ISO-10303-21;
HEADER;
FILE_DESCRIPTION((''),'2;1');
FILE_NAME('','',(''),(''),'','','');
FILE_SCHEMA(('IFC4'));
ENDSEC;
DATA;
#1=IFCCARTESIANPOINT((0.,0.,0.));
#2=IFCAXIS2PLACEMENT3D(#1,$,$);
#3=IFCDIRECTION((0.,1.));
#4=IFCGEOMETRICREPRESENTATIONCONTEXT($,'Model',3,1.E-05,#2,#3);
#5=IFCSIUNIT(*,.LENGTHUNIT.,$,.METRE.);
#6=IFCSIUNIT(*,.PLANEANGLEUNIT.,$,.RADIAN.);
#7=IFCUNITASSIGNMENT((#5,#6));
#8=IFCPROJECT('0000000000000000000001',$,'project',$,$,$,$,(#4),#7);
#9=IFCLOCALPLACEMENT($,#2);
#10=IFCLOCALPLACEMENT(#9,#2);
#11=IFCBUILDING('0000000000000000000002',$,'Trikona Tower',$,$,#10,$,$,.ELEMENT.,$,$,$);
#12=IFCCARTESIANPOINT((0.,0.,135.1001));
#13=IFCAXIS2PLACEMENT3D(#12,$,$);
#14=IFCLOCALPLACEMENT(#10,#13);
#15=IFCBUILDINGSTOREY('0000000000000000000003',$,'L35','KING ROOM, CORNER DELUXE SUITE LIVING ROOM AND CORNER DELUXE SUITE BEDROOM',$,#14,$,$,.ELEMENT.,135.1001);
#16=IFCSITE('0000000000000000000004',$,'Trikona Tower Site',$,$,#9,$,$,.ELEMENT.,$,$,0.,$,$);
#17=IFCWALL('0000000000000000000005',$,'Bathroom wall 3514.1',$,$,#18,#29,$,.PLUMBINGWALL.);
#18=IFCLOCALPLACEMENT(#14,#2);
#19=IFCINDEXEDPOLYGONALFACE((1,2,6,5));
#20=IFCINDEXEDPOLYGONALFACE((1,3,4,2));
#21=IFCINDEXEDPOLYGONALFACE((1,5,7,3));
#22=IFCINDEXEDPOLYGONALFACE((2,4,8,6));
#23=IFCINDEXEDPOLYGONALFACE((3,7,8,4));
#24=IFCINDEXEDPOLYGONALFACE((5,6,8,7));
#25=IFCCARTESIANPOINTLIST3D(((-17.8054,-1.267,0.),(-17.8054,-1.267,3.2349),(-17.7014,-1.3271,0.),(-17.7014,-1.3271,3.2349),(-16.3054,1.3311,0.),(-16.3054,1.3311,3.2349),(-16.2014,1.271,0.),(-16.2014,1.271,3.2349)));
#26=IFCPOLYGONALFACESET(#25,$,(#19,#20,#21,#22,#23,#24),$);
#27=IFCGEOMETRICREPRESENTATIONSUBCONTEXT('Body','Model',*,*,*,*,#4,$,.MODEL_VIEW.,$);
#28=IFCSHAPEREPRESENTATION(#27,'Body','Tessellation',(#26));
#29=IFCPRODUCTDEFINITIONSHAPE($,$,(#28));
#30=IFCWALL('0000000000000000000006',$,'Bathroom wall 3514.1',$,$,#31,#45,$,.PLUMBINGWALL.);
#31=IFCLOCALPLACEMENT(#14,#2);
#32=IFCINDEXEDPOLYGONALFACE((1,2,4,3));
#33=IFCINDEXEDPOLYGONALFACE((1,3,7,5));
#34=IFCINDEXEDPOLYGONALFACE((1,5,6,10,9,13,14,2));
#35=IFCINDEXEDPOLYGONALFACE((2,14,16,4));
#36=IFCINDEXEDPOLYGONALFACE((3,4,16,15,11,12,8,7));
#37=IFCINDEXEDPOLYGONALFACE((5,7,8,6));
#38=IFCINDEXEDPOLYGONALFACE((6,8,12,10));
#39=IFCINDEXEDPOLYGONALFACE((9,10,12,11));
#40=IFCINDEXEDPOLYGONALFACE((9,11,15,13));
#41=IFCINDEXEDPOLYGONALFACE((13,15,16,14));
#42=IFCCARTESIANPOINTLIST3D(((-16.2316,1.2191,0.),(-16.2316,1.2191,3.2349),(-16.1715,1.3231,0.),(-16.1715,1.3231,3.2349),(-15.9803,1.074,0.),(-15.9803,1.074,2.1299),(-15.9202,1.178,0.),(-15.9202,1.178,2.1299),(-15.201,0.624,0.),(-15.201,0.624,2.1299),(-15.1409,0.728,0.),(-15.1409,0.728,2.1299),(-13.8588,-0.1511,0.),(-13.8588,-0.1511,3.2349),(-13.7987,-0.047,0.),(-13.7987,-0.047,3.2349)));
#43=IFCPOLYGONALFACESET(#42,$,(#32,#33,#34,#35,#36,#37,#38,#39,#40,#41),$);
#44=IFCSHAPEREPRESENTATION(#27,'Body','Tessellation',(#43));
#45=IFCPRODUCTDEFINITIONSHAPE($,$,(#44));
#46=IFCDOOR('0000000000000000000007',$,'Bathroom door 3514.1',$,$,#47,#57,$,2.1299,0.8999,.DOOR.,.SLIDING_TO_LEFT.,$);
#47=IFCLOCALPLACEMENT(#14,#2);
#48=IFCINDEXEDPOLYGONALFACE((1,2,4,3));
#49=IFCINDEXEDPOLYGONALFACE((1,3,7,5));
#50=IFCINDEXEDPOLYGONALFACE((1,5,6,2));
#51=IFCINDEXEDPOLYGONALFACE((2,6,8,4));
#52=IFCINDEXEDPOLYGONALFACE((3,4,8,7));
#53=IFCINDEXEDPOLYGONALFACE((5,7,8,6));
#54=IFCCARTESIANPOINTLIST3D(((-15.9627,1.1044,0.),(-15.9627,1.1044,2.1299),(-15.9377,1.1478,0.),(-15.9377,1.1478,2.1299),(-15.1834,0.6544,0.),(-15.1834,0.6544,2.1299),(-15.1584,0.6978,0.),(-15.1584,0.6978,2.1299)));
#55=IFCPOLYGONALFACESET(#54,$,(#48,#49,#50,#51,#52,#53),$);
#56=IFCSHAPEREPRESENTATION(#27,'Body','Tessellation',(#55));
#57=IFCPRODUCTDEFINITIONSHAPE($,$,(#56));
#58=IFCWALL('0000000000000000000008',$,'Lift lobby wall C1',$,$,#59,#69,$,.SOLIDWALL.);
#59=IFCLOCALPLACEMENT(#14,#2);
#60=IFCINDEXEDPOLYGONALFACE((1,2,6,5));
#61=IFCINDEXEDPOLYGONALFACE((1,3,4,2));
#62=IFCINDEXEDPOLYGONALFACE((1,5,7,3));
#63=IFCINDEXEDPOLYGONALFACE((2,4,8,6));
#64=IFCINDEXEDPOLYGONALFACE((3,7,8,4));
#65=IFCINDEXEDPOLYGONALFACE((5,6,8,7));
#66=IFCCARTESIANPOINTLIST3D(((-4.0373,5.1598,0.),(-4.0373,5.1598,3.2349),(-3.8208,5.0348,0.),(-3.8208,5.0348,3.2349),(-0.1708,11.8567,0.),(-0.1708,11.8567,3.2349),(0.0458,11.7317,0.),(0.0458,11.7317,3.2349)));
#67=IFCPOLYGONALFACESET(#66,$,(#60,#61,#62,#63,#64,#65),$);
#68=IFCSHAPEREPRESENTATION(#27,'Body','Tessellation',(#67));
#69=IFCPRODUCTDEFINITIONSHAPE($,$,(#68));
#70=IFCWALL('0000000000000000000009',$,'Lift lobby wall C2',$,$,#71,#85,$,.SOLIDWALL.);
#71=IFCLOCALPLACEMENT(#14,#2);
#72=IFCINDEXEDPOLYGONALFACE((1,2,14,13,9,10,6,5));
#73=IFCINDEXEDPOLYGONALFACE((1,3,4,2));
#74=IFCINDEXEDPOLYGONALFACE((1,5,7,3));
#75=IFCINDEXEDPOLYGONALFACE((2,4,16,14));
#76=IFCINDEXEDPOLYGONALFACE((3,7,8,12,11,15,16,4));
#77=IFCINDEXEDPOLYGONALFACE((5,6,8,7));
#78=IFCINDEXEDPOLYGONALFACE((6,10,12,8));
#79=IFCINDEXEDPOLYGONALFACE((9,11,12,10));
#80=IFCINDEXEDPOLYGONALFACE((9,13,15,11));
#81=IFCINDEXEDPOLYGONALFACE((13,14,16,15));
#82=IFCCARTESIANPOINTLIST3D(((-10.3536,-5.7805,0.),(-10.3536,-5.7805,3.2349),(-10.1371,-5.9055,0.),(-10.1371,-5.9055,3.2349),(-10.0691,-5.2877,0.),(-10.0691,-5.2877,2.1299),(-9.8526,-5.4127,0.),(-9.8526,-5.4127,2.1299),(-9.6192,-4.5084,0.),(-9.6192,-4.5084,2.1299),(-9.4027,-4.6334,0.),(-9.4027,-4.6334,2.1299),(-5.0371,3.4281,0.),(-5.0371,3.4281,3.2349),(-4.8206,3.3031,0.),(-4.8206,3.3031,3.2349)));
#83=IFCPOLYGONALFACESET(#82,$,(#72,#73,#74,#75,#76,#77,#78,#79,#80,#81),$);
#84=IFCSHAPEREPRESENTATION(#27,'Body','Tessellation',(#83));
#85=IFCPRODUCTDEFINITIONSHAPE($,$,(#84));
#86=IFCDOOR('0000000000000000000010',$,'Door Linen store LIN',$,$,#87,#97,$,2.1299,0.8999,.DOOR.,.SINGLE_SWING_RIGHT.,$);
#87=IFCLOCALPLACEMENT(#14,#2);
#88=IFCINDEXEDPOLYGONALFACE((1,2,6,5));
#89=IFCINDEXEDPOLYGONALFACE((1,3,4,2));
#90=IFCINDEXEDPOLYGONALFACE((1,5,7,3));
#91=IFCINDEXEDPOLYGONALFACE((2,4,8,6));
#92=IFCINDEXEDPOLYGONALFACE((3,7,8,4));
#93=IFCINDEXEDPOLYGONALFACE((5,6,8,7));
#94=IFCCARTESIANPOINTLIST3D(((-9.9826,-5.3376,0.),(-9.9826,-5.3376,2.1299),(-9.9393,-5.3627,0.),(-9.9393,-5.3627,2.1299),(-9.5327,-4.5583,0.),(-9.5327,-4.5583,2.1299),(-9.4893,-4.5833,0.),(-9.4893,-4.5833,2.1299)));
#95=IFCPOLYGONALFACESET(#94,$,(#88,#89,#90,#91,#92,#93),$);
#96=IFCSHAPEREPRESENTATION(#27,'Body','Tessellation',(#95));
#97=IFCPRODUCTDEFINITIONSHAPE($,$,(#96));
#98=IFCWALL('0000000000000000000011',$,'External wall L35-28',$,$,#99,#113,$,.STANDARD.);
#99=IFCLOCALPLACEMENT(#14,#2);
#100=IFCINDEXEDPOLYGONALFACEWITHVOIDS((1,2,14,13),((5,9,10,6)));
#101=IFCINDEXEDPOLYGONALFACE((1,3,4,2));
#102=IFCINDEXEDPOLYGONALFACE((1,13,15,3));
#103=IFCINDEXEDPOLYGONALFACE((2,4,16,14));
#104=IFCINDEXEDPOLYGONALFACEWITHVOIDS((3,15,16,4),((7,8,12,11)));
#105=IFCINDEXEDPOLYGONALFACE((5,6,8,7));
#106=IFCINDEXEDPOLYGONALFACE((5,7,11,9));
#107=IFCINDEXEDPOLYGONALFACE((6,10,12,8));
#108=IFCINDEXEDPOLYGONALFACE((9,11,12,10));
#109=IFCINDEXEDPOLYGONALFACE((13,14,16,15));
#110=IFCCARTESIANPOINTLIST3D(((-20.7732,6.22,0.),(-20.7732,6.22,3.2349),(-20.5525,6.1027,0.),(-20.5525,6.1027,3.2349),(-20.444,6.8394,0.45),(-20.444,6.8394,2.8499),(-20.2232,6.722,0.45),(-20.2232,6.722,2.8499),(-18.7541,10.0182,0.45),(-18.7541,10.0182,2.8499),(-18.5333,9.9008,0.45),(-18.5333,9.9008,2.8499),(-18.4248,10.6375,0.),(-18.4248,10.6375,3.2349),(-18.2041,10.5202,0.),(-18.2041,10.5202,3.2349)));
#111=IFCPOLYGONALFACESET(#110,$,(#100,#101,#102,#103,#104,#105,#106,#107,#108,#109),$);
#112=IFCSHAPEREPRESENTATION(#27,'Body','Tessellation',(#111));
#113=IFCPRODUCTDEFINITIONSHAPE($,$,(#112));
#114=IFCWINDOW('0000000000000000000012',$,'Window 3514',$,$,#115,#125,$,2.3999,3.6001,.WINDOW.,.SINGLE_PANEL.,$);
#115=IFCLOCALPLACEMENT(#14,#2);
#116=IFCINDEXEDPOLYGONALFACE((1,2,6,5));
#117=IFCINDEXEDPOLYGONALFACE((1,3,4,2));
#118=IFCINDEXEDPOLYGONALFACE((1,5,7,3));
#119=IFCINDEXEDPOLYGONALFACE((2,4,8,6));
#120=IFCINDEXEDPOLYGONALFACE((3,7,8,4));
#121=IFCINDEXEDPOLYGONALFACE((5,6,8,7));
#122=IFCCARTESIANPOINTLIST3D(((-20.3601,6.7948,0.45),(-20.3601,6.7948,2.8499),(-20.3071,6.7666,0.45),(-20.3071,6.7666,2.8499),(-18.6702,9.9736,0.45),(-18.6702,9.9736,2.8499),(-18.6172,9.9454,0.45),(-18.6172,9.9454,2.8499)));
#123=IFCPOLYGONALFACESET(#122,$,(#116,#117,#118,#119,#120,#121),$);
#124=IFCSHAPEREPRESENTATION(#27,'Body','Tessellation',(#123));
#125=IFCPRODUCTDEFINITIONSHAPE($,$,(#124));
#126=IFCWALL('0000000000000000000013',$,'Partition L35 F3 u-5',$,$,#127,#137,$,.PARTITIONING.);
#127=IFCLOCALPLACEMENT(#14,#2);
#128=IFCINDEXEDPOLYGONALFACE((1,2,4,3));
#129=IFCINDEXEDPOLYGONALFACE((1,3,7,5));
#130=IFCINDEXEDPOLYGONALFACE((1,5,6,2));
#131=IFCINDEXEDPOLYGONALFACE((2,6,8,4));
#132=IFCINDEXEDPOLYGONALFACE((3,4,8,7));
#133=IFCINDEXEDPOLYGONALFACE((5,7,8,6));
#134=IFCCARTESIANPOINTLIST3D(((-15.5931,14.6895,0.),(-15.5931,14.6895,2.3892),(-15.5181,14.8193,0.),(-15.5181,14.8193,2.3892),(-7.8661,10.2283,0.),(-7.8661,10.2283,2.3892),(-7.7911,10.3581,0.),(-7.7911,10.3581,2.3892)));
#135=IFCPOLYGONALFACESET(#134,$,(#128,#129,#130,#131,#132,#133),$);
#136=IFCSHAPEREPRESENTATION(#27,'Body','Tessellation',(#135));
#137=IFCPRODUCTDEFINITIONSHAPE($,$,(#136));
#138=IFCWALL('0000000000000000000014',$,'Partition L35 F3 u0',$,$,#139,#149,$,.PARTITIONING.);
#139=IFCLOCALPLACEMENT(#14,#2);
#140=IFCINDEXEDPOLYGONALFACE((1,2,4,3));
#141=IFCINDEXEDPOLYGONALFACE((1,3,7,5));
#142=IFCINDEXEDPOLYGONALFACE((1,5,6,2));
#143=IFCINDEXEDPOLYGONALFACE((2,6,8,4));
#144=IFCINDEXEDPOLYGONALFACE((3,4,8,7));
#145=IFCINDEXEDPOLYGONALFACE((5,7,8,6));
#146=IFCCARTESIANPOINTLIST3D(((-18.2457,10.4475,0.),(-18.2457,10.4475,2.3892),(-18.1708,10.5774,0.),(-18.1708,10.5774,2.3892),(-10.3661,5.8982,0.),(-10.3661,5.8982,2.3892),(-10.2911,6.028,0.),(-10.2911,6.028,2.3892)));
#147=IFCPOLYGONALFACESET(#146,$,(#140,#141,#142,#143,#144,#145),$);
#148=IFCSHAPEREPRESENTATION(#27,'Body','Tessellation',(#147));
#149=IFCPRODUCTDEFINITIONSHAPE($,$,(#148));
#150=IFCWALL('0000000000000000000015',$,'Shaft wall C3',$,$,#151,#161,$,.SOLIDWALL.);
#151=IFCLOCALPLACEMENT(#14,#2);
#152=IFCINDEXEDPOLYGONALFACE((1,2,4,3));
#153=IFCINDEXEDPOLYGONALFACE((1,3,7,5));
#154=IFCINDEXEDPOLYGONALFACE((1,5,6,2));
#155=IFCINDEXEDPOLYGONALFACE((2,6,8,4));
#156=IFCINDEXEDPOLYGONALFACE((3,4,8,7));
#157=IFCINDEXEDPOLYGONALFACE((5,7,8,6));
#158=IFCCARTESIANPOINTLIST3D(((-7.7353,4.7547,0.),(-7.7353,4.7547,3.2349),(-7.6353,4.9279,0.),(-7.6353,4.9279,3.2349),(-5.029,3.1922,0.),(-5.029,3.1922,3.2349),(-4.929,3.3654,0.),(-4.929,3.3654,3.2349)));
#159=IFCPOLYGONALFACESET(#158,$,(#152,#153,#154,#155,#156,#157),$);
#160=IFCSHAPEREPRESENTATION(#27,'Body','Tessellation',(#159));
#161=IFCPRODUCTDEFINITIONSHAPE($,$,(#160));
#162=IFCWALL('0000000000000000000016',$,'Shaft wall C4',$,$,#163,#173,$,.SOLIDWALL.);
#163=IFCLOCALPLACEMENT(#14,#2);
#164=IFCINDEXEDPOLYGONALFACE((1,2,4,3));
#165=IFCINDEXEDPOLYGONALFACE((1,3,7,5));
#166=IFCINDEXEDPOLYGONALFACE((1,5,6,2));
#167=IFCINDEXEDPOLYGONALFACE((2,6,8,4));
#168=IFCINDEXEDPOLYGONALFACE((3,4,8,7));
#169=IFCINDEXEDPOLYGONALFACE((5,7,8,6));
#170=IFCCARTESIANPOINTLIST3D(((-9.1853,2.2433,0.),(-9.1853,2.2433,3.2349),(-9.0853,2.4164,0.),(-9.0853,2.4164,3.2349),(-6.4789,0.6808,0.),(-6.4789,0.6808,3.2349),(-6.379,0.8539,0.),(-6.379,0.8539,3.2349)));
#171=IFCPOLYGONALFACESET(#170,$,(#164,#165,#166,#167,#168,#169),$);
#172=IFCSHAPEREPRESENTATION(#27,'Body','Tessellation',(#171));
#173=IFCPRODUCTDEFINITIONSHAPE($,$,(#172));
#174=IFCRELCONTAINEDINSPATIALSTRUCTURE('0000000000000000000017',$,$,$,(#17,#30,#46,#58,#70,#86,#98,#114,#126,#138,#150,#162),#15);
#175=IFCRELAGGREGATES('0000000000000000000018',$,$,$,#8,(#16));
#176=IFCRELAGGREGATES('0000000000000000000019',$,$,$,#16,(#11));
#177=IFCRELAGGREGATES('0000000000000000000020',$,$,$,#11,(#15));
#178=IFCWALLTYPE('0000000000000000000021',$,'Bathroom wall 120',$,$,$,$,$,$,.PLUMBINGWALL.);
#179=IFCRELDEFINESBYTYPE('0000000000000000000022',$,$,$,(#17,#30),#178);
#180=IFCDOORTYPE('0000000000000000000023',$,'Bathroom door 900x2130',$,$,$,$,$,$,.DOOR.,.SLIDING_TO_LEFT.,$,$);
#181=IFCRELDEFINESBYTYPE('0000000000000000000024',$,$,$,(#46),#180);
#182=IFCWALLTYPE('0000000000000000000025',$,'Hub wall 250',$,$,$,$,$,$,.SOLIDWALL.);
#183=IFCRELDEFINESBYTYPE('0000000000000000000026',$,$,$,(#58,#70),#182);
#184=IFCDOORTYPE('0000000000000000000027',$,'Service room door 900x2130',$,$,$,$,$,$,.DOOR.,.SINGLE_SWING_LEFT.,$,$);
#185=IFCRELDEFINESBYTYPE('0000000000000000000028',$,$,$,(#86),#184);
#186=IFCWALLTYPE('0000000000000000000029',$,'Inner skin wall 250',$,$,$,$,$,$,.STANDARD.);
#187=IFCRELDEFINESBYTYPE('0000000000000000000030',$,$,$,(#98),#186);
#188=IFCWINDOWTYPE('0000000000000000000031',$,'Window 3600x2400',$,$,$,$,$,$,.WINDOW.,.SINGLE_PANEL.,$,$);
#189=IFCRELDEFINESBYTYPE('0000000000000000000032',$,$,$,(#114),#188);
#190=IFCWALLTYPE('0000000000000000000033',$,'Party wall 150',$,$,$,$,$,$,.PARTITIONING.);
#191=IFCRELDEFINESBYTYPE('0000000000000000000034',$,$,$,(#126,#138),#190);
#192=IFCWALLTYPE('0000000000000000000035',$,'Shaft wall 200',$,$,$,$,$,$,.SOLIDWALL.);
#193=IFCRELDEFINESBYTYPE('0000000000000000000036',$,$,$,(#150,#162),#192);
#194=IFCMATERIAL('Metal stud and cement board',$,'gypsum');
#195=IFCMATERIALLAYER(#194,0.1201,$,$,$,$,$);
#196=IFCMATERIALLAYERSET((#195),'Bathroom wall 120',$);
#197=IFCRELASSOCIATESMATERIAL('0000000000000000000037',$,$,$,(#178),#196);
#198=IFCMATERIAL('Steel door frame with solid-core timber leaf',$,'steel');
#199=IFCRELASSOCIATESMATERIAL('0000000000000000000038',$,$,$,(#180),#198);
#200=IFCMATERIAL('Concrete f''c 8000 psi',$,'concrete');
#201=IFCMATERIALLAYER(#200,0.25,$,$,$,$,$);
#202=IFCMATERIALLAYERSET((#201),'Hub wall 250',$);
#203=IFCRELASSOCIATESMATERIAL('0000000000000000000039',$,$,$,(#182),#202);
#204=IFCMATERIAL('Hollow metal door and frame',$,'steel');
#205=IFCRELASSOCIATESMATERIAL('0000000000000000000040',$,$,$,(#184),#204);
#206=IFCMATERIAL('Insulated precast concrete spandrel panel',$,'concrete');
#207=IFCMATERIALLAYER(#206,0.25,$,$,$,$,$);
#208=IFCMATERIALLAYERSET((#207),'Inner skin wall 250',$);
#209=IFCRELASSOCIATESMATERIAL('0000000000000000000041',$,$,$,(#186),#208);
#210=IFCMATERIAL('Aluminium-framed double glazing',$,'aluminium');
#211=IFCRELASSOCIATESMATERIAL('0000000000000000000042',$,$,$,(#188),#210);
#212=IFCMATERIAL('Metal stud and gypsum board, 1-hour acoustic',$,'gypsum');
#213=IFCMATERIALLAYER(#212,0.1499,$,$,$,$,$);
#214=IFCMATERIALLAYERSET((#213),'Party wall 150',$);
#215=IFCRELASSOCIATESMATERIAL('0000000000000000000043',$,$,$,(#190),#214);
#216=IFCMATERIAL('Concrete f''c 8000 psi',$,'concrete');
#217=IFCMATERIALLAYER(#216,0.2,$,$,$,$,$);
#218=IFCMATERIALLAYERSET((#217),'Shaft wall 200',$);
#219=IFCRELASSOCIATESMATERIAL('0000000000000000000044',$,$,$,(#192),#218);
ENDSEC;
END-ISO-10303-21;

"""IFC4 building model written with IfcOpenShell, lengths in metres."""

from ifc_helpers import new_model, si_unit, direction, frame, frame_2d, origin, place, context, subcontext, project, spatial, rectangle, extrude, material, layer, layer_set, type_object, element, fill, save


model = new_model("IFC4")

# Units and contexts
model_context = context("Model", 3, precision=1e-05, world=origin(), true_north=direction((0.0, 1.0)))
body_context = subcontext(model_context, "Body", "Model", "MODEL_VIEW")
ifc_project = project(units=[si_unit("LENGTHUNIT", "METRE"), si_unit("PLANEANGLEUNIT", "RADIAN")], contexts=[model_context])

# Site, building, storey
site_placement = place(None, origin())
site = spatial("IfcSite", under=ifc_project, at=site_placement, Name="Trikona Tower Site", CompositionType="ELEMENT", RefElevation=0.0)
building_placement = place(site_placement, origin())
building = spatial("IfcBuilding", under=site, at=building_placement, Name="Trikona Tower", CompositionType="ELEMENT")
storey_placement = place(building_placement, frame((0.0, 0.0, 135.1001)))
storey = spatial("IfcBuildingStorey", under=building, at=storey_placement, Name="L35", Description="KING ROOM, CORNER DELUXE SUITE LIVING ROOM AND CORNER DELUXE SUITE BEDROOM", CompositionType="ELEMENT", Elevation=135.1001)

# Shared definitions
ifc_material_1 = material(Name="Metal stud and cement board", Category="gypsum")
ifc_layer_1 = layer(ifc_material_1, 0.1201)
ifc_layer_set_1 = layer_set([ifc_layer_1], Name="Bathroom wall 120")
wall_type_1 = type_object("IfcWallType", Name="Bathroom wall 120", PredefinedType="PLUMBINGWALL", material=ifc_layer_set_1)
ifc_material_2 = material(Name="Steel door frame with solid-core timber leaf", Category="steel")
door_type_1 = type_object("IfcDoorType", Name="Bathroom door 900x2130", OperationType="SLIDING_TO_LEFT", PredefinedType="DOOR", material=ifc_material_2)

# Wall
wall_1_placement = place(storey_placement, frame((-16.2534, 1.301, 0.0), z_axis=(0.0, 0.0, 1.0), x_axis=(-0.49999, -0.866031, 0.0)))
element("IfcWall", 1, at=wall_1_placement, inside=storey, type_object=wall_type_1, Name="Bathroom wall 3514.1", PredefinedType="PLUMBINGWALL", context=body_context, shape_type="SweptSolid", body=[
    extrude(rectangle(XDim=3.0, YDim=0.1201, at=frame_2d((1.5, 0.0))), origin(), (0.0, 0.0, 1.0), 3.2349),
])

# Wall, opening, door
wall_2_placement = place(storey_placement, frame((-13.8286, -0.0991, 0.0), z_axis=(0.0, 0.0, 1.0), x_axis=(-0.865997, 0.500049, 0.0)))
wall_2 = element("IfcWall", 2, at=wall_2_placement, inside=storey, type_object=wall_type_1, Name="Bathroom wall 3514.1", PredefinedType="PLUMBINGWALL", context=body_context, shape_type="SweptSolid", body=[
    extrude(rectangle(XDim=2.74, YDim=0.1201, at=frame_2d((1.3701, 0.0))), origin(), (0.0, 0.0, 1.0), 3.2349),
])
opening_1_placement = place(wall_2_placement, frame((1.55, 0.0, 0.0)))
opening_1 = element("IfcOpeningElement", 3, at=opening_1_placement, cuts=wall_2, PredefinedType="OPENING", context=body_context, shape_type="SweptSolid", body=[
    extrude(rectangle(XDim=0.8999, YDim=2.1299, at=frame_2d((0.45, 1.0649))), frame((0.0, 0.0701, 0.0), z_axis=(0.0, -1.0, 0.0), x_axis=(1.0, 0.0, 0.0)), (0.0, 0.0, 1.0), 0.1401),
])
door_1_placement = place(opening_1_placement, origin())
door_1 = element("IfcDoor", 4, at=door_1_placement, inside=storey, type_object=door_type_1, Name="Bathroom door 3514.1", OperationType="SLIDING_TO_LEFT", OverallHeight=2.1299, OverallWidth=0.8999, PredefinedType="DOOR", context=body_context, shape_type="SweptSolid", body=[
    extrude(rectangle(XDim=0.8999, YDim=2.1299, at=frame_2d((0.45, 1.0649))), frame((0.0, 0.0249, 0.0), z_axis=(0.0, -1.0, 0.0), x_axis=(1.0, 0.0, 0.0)), (0.0, 0.0, 1.0), 0.05),
])
fill(opening_1, door_1)

# Wall
ifc_material_3 = material(Name="Concrete f'c 8000 psi", Category="concrete")
ifc_layer_2 = layer(ifc_material_3, 0.25)
ifc_layer_set_2 = layer_set([ifc_layer_2], Name="Hub wall 250")
wall_type_2 = type_object("IfcWallType", Name="Hub wall 250", PredefinedType="SOLIDWALL", material=ifc_layer_set_2)
wall_3_placement = place(storey_placement, frame((-0.0625, 11.7942, 0.0), z_axis=(0.0, 0.0, 1.0), x_axis=(-0.500007, -0.866022, 0.0)))
element("IfcWall", 5, at=wall_3_placement, inside=storey, type_object=wall_type_2, Name="Lift lobby wall C1", PredefinedType="SOLIDWALL", context=body_context, shape_type="SweptSolid", body=[
    extrude(rectangle(XDim=7.7329, YDim=0.25, at=frame_2d((3.8665, 0.0))), origin(), (0.0, 0.0, 1.0), 3.2349),
])

# Wall, opening, door
wall_4_placement = place(storey_placement, frame((-4.929, 3.3655, 0.0), z_axis=(0.0, 0.0, 1.0), x_axis=(-0.499991, -0.86603, 0.0)))
wall_4 = element("IfcWall", 6, at=wall_4_placement, inside=storey, type_object=wall_type_2, Name="Lift lobby wall C2", PredefinedType="SOLIDWALL", context=body_context, shape_type="SweptSolid", body=[
    extrude(rectangle(XDim=10.6331, YDim=0.25, at=frame_2d((5.3164, 0.0))), origin(), (0.0, 0.0, 1.0), 3.2349),
])
opening_2_placement = place(wall_4_placement, frame((9.1641, 0.0, 0.0)))
opening_2 = element("IfcOpeningElement", 7, at=opening_2_placement, cuts=wall_4, PredefinedType="OPENING", context=body_context, shape_type="SweptSolid", body=[
    extrude(rectangle(XDim=0.8999, YDim=2.1299, at=frame_2d((0.45, 1.0649))), frame((0.0, 0.135, 0.0), z_axis=(0.0, -1.0, 0.0), x_axis=(1.0, 0.0, 0.0)), (0.0, 0.0, 1.0), 0.27),
])
ifc_material_4 = material(Name="Hollow metal door and frame", Category="steel")
door_type_2 = type_object("IfcDoorType", Name="Service room door 900x2130", OperationType="SINGLE_SWING_LEFT", PredefinedType="DOOR", material=ifc_material_4)
door_2_placement = place(opening_2_placement, origin())
door_2 = element("IfcDoor", 8, at=door_2_placement, inside=storey, type_object=door_type_2, Name="Door Linen store LIN", OperationType="SINGLE_SWING_RIGHT", OverallHeight=2.1299, OverallWidth=0.8999, PredefinedType="DOOR", context=body_context, shape_type="SweptSolid", body=[
    extrude(rectangle(XDim=0.8999, YDim=2.1299, at=frame_2d((0.45, 1.0649))), frame((0.0, 0.0249, 0.0), z_axis=(0.0, -1.0, 0.0), x_axis=(1.0, 0.0, 0.0)), (0.0, 0.0, 1.0), 0.05),
])
fill(opening_2, door_2)

# Wall, opening, window
ifc_material_5 = material(Name="Insulated precast concrete spandrel panel", Category="concrete")
ifc_layer_3 = layer(ifc_material_5, 0.25)
ifc_layer_set_3 = layer_set([ifc_layer_3], Name="Inner skin wall 250")
wall_type_3 = type_object("IfcWallType", Name="Inner skin wall 250", PredefinedType="STANDARD", material=ifc_layer_set_3)
wall_5_placement = place(storey_placement, frame((-18.3145, 10.5789, 0.0), z_axis=(0.0, 0.0, 1.0), x_axis=(-0.469405, -0.882983, 0.0)))
wall_5 = element("IfcWall", 9, at=wall_5_placement, inside=storey, type_object=wall_type_3, Name="External wall L35-28", PredefinedType="STANDARD", context=body_context, shape_type="SweptSolid", body=[
    extrude(rectangle(XDim=5.0029, YDim=0.25, at=frame_2d((2.5015, 0.0))), origin(), (0.0, 0.0, 1.0), 3.2349),
])
opening_3_placement = place(wall_5_placement, frame((0.7014, 0.0, 0.45)))
opening_3 = element("IfcOpeningElement", 10, at=opening_3_placement, cuts=wall_5, PredefinedType="OPENING", context=body_context, shape_type="SweptSolid", body=[
    extrude(rectangle(XDim=3.6001, YDim=2.3999, at=frame_2d((1.8, 1.2))), frame((0.0, 0.135, 0.0), z_axis=(0.0, -1.0, 0.0), x_axis=(1.0, 0.0, 0.0)), (0.0, 0.0, 1.0), 0.27),
])
ifc_material_6 = material(Name="Aluminium-framed double glazing", Category="aluminium")
window_type = type_object("IfcWindowType", Name="Window 3600x2400", PartitioningType="SINGLE_PANEL", PredefinedType="WINDOW", material=ifc_material_6)
window_placement = place(opening_3_placement, origin())
window = element("IfcWindow", 11, at=window_placement, inside=storey, type_object=window_type, Name="Window 3514", OverallHeight=2.3999, OverallWidth=3.6001, PartitioningType="SINGLE_PANEL", PredefinedType="WINDOW", context=body_context, shape_type="SweptSolid", body=[
    extrude(rectangle(XDim=3.6001, YDim=2.3999, at=frame_2d((1.8, 1.2))), frame((0.0, 0.03, 0.0), z_axis=(0.0, -1.0, 0.0), x_axis=(1.0, 0.0, 0.0)), (0.0, 0.0, 1.0), 0.0601),
])
fill(opening_3, window)

# Walls
ifc_material_7 = material(Name="Metal stud and gypsum board, 1-hour acoustic", Category="gypsum")
ifc_layer_4 = layer(ifc_material_7, 0.1499)
ifc_layer_set_4 = layer_set([ifc_layer_4], Name="Party wall 150")
wall_type_4 = type_object("IfcWallType", Name="Party wall 150", PredefinedType="PARTITIONING", material=ifc_layer_set_4)
wall_6_placement = place(storey_placement, frame((-7.8286, 10.2932, 0.0), z_axis=(0.0, 0.0, 1.0), x_axis=(-0.866027, 0.499997, 0.0)))
element("IfcWall", 12, at=wall_6_placement, inside=storey, type_object=wall_type_4, Name="Partition L35 F3 u-5", PredefinedType="PARTITIONING", context=body_context, shape_type="SweptSolid", body=[
    extrude(rectangle(XDim=8.9224, YDim=0.1499, at=frame_2d((4.4612, 0.0))), origin(), (0.0, 0.0, 1.0), 2.3892),
])
wall_7_placement = place(storey_placement, frame((-10.3286, 5.9631, 0.0), z_axis=(0.0, 0.0, 1.0), x_axis=(-0.866025, 0.5, 0.0)))
element("IfcWall", 13, at=wall_7_placement, inside=storey, type_object=wall_type_4, Name="Partition L35 F3 u0", PredefinedType="PARTITIONING", context=body_context, shape_type="SweptSolid", body=[
    extrude(rectangle(XDim=9.0986, YDim=0.1499, at=frame_2d((4.5493, 0.0))), origin(), (0.0, 0.0, 1.0), 2.3892),
])
ifc_material_8 = material(Name="Concrete f'c 8000 psi", Category="concrete")
ifc_layer_5 = layer(ifc_material_8, 0.2)
ifc_layer_set_5 = layer_set([ifc_layer_5], Name="Shaft wall 200")
wall_type_5 = type_object("IfcWallType", Name="Shaft wall 200", PredefinedType="SOLIDWALL", material=ifc_layer_set_5)
for number, where, z_axis, x_axis, name in (
    (14, (-4.979, 3.2788, 0.0), (0.0, 0.0, 1.0), (-0.866023, 0.500004, 0.0), "Shaft wall C3"),
    (15, (-6.429, 0.7673, 0.0), (0.0, 0.0, 1.0), (-0.866023, 0.500004, 0.0), "Shaft wall C4"),
):
    element("IfcWall", number, at=place(storey_placement, frame(where, z_axis=z_axis, x_axis=x_axis)), inside=storey, type_object=wall_type_5, Name=name, PredefinedType="SOLIDWALL", context=body_context, shape_type="SweptSolid", body=[
        extrude(rectangle(XDim=3.125, YDim=0.2, at=frame_2d((1.5625, 0.0))), origin(), (0.0, 0.0, 1.0), 3.2349),
    ])

save(model, "model.ifc")
